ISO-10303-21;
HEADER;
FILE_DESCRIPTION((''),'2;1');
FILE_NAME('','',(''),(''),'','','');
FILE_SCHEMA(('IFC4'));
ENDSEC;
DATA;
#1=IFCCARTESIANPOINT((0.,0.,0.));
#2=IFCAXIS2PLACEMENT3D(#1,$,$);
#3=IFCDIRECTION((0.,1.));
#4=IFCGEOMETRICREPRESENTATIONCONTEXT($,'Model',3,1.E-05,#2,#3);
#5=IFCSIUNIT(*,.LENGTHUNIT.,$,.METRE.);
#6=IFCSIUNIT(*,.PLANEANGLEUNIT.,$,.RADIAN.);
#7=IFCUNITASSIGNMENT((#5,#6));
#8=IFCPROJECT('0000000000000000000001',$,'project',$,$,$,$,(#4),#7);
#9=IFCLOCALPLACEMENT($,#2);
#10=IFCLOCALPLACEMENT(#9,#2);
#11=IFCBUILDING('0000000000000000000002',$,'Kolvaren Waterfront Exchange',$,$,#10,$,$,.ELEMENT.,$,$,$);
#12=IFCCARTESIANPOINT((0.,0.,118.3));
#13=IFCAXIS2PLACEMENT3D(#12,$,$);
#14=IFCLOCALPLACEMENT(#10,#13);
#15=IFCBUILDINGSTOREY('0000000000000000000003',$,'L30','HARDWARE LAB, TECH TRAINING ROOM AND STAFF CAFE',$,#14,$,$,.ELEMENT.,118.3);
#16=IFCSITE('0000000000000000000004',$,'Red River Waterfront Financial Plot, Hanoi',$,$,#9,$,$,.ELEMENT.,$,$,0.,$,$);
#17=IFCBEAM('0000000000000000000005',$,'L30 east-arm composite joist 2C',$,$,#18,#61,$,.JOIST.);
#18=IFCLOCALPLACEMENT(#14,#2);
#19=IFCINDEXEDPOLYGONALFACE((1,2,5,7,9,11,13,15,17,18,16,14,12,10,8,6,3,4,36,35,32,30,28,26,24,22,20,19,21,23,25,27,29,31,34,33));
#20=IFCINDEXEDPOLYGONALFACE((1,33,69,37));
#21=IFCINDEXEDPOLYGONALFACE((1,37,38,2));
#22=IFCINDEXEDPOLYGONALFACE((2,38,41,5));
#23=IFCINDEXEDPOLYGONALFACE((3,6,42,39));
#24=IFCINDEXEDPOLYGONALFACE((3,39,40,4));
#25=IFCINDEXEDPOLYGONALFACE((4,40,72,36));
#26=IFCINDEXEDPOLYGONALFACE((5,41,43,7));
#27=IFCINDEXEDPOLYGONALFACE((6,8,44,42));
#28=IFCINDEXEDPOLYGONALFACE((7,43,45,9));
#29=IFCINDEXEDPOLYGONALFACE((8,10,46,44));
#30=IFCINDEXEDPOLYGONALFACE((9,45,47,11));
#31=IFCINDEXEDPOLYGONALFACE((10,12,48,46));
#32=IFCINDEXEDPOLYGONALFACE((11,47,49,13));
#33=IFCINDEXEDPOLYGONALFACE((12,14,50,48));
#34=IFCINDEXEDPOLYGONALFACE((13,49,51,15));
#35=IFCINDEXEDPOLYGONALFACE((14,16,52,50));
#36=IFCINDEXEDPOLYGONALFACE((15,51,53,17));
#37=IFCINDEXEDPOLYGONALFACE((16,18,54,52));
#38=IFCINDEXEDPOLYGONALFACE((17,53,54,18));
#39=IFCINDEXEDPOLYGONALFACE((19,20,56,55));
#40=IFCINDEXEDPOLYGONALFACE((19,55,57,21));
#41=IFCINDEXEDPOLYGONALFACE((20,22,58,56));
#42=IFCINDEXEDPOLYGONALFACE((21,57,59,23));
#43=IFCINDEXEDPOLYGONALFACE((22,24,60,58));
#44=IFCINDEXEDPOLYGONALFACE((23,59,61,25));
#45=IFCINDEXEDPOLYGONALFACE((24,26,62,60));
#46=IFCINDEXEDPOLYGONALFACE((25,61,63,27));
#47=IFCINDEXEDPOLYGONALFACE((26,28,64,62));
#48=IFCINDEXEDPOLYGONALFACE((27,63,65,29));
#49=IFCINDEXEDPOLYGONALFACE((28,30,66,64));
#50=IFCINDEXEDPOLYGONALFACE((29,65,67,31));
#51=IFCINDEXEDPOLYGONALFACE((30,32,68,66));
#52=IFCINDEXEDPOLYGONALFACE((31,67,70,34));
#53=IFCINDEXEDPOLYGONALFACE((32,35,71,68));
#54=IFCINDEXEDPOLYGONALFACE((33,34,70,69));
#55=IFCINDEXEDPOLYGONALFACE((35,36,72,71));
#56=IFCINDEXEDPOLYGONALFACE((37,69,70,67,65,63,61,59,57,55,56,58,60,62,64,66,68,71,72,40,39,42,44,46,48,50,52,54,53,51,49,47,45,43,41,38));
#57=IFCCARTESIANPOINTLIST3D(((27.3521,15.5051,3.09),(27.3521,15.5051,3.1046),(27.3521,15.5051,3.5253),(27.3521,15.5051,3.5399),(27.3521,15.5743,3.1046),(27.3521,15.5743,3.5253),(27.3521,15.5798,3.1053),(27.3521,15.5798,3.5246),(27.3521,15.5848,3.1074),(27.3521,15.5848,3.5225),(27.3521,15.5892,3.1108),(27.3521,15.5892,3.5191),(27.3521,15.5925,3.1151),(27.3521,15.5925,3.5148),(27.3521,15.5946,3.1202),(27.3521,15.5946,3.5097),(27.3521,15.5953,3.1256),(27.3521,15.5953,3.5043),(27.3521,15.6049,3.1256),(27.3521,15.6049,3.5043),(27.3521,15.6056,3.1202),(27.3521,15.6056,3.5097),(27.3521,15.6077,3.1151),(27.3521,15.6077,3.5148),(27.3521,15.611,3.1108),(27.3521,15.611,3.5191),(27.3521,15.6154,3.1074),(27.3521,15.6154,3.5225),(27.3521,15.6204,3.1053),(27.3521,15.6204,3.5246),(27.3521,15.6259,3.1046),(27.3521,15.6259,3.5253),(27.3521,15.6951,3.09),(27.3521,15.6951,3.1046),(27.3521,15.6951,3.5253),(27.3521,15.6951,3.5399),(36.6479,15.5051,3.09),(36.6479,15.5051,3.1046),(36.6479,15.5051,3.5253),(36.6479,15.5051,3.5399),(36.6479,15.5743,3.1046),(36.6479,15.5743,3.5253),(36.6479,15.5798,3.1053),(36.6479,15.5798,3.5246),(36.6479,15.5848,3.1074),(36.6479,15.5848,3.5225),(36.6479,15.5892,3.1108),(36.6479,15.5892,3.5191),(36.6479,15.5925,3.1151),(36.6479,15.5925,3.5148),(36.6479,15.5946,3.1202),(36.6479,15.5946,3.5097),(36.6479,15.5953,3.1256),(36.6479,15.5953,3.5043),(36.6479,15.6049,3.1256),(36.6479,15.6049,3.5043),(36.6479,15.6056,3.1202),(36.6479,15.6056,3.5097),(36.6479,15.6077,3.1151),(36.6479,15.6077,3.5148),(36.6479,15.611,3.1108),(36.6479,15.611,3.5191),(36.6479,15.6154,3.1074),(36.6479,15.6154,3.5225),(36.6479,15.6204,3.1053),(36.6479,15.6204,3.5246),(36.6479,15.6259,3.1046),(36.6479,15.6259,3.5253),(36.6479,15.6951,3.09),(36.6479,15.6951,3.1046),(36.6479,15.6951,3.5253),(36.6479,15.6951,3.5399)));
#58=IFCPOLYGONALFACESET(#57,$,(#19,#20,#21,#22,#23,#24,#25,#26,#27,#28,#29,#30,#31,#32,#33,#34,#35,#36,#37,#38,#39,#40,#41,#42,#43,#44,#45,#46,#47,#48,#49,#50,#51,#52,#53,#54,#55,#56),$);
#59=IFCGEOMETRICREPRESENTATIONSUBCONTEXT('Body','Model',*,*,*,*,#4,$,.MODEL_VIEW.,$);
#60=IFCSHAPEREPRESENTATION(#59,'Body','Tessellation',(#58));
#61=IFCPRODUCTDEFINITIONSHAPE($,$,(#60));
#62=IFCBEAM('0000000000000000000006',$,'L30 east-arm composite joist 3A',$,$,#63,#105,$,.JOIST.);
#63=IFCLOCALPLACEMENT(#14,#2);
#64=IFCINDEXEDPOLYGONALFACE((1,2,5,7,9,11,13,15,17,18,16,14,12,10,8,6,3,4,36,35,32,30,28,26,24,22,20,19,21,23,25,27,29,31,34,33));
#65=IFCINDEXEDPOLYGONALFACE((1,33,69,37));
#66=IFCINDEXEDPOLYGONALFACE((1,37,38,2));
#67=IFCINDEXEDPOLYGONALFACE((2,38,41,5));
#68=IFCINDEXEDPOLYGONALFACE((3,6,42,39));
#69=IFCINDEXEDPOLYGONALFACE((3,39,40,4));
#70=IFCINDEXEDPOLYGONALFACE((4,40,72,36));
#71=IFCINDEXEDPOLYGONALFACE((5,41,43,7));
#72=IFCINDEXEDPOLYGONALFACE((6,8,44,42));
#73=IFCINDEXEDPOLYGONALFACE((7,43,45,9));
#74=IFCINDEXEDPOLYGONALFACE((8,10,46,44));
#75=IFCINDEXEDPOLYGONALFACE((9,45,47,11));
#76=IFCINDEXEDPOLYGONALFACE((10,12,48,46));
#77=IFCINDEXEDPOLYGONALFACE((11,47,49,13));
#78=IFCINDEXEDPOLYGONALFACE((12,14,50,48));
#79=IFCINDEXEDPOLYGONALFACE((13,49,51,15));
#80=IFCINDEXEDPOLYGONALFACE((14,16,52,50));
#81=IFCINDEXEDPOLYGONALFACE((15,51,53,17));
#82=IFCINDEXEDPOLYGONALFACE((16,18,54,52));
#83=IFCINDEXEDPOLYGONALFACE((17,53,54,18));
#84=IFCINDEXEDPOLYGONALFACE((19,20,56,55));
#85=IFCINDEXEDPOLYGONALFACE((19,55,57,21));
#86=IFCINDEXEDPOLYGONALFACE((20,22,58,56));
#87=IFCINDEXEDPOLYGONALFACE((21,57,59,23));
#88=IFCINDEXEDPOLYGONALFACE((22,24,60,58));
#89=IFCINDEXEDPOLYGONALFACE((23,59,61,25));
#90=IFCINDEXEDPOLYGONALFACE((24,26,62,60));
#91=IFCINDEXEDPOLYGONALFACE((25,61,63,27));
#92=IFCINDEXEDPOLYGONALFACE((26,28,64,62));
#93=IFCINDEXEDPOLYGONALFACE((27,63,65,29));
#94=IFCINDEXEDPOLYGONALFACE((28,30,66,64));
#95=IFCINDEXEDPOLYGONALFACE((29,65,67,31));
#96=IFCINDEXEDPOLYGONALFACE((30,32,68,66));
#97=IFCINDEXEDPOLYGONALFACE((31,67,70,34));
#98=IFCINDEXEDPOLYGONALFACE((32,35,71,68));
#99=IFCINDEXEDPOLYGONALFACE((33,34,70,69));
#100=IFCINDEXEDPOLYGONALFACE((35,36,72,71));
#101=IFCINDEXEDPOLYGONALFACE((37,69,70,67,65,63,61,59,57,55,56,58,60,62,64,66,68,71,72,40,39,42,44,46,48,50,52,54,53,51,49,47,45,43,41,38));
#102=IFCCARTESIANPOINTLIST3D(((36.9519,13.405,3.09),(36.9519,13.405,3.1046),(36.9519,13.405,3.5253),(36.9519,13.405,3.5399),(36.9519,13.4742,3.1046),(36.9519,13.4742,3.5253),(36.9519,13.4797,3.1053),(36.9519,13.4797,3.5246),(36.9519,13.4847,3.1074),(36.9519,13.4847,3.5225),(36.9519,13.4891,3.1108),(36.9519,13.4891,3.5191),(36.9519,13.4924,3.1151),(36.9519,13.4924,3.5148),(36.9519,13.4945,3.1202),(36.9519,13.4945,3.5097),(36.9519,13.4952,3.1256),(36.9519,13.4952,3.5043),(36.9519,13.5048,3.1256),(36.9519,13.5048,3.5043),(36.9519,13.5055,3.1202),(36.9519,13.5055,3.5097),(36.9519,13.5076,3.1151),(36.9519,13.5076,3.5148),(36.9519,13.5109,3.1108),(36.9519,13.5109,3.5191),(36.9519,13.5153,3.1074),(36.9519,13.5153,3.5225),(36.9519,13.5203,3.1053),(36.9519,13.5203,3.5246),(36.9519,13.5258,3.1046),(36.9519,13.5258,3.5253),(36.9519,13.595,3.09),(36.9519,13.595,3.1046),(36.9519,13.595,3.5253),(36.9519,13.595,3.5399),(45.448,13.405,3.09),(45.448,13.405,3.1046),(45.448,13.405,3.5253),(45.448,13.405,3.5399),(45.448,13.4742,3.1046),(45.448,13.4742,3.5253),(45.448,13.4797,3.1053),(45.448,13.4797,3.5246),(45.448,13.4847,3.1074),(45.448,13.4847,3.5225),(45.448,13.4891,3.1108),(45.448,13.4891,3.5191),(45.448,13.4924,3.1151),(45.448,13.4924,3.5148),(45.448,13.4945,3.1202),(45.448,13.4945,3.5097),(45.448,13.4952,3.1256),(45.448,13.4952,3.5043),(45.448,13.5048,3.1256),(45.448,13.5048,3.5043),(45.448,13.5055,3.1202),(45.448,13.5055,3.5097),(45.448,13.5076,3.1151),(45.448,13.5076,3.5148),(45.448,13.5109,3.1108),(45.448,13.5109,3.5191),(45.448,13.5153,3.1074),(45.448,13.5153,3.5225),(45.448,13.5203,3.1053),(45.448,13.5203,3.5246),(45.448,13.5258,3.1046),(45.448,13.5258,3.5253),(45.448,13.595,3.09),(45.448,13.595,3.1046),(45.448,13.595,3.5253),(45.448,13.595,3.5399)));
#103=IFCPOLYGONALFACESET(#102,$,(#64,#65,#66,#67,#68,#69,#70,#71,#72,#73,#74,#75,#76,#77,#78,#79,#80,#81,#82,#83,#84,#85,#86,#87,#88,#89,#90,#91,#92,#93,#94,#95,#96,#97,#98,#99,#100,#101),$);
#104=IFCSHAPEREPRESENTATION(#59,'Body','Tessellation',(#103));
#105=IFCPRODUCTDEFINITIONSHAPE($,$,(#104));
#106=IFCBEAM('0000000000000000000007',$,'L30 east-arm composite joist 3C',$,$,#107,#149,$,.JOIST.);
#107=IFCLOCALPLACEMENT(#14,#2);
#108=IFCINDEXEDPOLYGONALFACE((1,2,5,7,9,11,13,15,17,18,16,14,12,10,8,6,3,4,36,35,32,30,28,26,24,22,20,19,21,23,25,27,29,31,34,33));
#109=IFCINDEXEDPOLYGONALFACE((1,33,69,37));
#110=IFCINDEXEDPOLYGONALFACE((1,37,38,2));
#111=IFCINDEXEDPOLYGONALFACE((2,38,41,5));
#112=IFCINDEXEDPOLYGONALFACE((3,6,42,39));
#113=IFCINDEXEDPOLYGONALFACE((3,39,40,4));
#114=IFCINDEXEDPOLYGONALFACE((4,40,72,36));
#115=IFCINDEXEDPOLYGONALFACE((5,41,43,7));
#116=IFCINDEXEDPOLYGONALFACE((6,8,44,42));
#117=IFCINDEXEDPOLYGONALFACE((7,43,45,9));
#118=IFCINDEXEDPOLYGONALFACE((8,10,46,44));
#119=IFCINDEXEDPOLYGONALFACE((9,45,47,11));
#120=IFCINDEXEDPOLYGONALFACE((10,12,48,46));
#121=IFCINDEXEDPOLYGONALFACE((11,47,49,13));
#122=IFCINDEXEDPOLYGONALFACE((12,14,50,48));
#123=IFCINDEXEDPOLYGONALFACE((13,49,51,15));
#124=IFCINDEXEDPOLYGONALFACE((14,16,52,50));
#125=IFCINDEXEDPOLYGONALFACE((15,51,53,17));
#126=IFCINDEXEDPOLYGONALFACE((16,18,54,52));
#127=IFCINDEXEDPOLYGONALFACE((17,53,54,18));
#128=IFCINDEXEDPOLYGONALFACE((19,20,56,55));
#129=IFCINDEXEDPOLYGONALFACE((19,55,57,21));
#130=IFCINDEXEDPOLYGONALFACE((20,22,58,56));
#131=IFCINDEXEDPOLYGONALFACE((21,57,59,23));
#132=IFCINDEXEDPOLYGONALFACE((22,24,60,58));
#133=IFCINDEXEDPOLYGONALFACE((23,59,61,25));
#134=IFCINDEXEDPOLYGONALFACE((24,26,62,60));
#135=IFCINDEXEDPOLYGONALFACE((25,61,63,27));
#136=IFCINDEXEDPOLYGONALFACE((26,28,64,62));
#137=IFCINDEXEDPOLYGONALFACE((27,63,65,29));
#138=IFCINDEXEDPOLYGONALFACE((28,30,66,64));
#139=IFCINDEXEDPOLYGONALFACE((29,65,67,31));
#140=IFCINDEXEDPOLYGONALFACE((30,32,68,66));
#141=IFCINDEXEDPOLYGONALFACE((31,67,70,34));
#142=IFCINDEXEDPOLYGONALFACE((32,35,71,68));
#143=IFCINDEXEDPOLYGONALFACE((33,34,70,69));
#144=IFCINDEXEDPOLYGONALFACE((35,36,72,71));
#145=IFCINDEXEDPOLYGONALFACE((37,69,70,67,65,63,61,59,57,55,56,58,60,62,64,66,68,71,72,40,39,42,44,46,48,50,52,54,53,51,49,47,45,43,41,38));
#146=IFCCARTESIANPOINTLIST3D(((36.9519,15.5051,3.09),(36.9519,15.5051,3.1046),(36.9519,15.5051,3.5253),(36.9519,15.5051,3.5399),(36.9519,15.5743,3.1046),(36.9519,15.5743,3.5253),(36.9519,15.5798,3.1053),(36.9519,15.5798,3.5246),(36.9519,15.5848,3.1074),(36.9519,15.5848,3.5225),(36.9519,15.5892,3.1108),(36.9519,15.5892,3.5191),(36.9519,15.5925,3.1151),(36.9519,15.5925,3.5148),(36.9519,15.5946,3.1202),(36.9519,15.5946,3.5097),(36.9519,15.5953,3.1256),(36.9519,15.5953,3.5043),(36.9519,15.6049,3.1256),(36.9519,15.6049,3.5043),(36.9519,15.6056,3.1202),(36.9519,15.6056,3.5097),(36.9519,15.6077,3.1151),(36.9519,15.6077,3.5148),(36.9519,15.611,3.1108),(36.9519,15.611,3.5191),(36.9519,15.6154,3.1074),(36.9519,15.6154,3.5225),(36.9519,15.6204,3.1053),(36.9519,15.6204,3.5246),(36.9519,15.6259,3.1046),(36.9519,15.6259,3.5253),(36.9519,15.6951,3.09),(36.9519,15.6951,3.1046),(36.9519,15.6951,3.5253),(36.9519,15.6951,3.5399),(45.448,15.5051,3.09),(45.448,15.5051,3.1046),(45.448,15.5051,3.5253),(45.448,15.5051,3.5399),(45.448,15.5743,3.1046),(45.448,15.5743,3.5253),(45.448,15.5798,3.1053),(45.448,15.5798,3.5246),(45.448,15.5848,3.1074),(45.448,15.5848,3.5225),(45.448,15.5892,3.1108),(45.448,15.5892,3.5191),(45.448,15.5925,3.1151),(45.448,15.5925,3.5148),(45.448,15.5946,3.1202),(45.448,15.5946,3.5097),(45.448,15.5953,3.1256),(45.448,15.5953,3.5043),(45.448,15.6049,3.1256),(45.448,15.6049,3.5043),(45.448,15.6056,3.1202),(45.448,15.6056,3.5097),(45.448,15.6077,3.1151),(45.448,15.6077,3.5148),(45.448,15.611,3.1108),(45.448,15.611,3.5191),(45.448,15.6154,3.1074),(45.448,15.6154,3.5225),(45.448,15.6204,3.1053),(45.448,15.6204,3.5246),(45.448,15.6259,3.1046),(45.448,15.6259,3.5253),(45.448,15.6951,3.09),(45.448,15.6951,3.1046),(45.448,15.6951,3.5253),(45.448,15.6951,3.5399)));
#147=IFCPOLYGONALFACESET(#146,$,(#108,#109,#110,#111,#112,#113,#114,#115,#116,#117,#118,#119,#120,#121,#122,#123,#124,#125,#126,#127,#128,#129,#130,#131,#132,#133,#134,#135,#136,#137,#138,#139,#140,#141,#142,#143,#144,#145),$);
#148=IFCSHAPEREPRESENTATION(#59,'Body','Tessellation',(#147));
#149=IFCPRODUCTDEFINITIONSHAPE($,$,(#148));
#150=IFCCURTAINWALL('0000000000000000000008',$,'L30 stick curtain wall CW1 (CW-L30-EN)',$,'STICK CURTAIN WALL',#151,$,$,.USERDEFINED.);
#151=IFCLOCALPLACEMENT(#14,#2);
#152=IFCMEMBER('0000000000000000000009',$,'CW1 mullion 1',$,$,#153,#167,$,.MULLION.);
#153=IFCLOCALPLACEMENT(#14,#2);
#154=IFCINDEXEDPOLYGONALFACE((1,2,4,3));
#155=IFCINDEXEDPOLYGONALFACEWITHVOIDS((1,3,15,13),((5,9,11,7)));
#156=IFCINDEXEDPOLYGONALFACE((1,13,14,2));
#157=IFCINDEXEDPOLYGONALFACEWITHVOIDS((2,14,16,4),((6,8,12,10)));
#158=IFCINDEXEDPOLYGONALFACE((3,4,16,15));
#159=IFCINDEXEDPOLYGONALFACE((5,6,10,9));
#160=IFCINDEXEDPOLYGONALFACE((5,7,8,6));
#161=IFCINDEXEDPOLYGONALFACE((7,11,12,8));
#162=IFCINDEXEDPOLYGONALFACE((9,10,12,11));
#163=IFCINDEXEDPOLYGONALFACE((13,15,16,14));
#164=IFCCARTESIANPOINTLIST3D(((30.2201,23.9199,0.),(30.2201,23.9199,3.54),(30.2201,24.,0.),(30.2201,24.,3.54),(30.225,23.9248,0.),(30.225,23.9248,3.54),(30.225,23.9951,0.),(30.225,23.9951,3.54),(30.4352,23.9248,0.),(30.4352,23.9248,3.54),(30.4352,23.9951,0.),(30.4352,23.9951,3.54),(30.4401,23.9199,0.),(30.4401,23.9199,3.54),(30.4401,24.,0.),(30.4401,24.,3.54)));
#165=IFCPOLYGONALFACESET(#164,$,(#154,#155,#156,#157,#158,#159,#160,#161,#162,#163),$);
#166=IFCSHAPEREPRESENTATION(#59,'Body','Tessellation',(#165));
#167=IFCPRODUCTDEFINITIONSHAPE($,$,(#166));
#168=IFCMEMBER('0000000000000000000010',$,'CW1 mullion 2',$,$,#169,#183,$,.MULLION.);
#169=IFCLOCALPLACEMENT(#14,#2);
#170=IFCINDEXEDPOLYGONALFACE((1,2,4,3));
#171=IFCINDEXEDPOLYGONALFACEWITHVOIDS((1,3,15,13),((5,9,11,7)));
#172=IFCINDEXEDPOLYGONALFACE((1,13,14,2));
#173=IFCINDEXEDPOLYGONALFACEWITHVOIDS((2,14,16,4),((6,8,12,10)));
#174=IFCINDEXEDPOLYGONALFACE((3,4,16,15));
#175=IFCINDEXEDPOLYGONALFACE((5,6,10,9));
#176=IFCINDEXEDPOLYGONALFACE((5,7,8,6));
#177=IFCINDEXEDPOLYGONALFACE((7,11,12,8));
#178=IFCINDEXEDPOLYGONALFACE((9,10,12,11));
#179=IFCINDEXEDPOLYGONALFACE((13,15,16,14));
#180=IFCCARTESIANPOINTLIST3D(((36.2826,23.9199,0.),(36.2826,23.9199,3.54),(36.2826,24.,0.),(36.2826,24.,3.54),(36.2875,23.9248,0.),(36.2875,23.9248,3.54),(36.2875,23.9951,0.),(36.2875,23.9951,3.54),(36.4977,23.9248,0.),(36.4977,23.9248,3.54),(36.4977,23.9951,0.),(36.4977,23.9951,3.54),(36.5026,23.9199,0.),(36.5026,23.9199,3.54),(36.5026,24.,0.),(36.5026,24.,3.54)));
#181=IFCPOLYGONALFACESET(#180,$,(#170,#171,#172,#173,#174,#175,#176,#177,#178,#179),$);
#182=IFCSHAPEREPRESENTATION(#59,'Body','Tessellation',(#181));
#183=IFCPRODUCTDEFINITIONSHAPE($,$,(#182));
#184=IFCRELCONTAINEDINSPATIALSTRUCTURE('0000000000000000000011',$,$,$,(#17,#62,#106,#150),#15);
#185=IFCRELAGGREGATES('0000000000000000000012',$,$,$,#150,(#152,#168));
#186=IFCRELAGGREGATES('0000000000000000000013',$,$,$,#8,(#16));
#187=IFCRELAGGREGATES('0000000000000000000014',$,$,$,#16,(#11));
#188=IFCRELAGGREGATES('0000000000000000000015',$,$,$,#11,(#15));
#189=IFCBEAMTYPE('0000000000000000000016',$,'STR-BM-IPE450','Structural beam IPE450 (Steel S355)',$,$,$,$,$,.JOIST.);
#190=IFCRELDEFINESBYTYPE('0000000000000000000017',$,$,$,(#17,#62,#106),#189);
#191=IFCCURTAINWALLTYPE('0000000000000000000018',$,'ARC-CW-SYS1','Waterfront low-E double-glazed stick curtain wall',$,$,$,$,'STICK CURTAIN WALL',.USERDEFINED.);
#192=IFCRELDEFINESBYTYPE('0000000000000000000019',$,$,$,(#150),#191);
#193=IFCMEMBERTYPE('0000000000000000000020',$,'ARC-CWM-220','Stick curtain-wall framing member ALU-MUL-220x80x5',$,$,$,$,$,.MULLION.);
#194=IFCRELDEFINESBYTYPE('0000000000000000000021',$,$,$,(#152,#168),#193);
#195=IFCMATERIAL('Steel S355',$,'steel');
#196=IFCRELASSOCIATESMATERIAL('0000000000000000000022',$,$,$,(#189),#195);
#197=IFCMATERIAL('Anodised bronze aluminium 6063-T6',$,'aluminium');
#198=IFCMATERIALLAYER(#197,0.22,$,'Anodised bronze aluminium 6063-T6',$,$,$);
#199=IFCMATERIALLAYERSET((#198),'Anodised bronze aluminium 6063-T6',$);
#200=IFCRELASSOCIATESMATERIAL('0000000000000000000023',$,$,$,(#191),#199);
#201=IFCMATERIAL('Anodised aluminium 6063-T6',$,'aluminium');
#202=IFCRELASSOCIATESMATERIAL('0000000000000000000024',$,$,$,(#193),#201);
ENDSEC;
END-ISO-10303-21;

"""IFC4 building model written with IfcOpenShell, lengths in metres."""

from ifc_helpers import new_model, si_unit, direction, frame, origin, origin_with_axes, origin_2d, place, context, subcontext, project, spatial, hollow_rectangle, i_section, extrude, source, transform, mapped, material, layer, layer_set, material_profile, profile_set, type_object, element, aggregate, save


model = new_model("IFC4")

# Units and contexts
model_context = context("Model", 3, precision=1e-05, world=origin(), true_north=direction((0.0, 1.0)))
body_context = subcontext(model_context, "Body", "Model", "MODEL_VIEW")
ifc_project = project(units=[si_unit("LENGTHUNIT", "METRE"), si_unit("PLANEANGLEUNIT", "RADIAN")], contexts=[model_context])

# Site, building, storey
site_placement = place(None, origin())
site = spatial("IfcSite", under=ifc_project, at=site_placement, Name="Red River Waterfront Financial Plot, Hanoi", CompositionType="ELEMENT", RefElevation=0.0)
building_placement = place(site_placement, origin())
building = spatial("IfcBuilding", under=site, at=building_placement, Name="Kolvaren Waterfront Exchange", CompositionType="ELEMENT")
storey_placement = place(building_placement, frame((0.0, 0.0, 118.3)))
storey = spatial("IfcBuildingStorey", under=building, at=storey_placement, Name="L30", Description="HARDWARE LAB, TECH TRAINING ROOM AND STAFF CAFE", CompositionType="ELEMENT", Elevation=118.3)

# Beams
ifc_material_1 = material(Name="Steel S355", Category="steel")
ifc_material_profile_1 = material_profile(ifc_material_1, i_section(OverallWidth=0.1899, OverallDepth=0.45, WebThickness=0.0095, FlangeThickness=0.0146, FilletRadius=0.021, at=origin_2d()), Name="IPE450")
ifc_profile_set_1 = profile_set([ifc_material_profile_1], Name="Steel S355")
beam_type_1 = type_object("IfcBeamType", Name="STR-BM-IPE450", Description="Structural beam IPE450 (Steel S355)", PredefinedType="JOIST", material=ifc_profile_set_1)
for number, where, z_axis, x_axis, name in (
    (1, (27.3521, 15.6001, 3.3149), (1.0, 0.0, 0.0), (0.0, 1.0, 0.0), "L30 east-arm composite joist 2C"),
):
    element("IfcBeam", number, at=place(storey_placement, frame(where, z_axis=z_axis, x_axis=x_axis)), inside=storey, type_object=beam_type_1, Name=name, PredefinedType="JOIST", context=body_context, shape_type="SweptSolid", body=[
        extrude(i_section(OverallWidth=0.1899, OverallDepth=0.45, WebThickness=0.0095, FlangeThickness=0.0146, FilletRadius=0.021, at=origin_2d()), origin(), (0.0, 0.0, 1.0), 9.2959),
    ])
for number, where, z_axis, x_axis, name in (
    (2, (36.9519, 13.5, 3.3149), (1.0, 0.0, 0.0), (0.0, 1.0, 0.0), "L30 east-arm composite joist 3A"),
    (3, (36.9519, 15.6001, 3.3149), (1.0, 0.0, 0.0), (0.0, 1.0, 0.0), "L30 east-arm composite joist 3C"),
):
    element("IfcBeam", number, at=place(storey_placement, frame(where, z_axis=z_axis, x_axis=x_axis)), inside=storey, type_object=beam_type_1, Name=name, PredefinedType="JOIST", context=body_context, shape_type="SweptSolid", body=[
        extrude(i_section(OverallWidth=0.1899, OverallDepth=0.45, WebThickness=0.0095, FlangeThickness=0.0146, FilletRadius=0.021, at=origin_2d()), origin(), (0.0, 0.0, 1.0), 8.4961),
    ])

# Curtain wall, members
ifc_material_2 = material(Name="Anodised bronze aluminium 6063-T6", Category="aluminium")
ifc_layer_1 = layer(ifc_material_2, 0.22, Name="Anodised bronze aluminium 6063-T6")
ifc_layer_set_1 = layer_set([ifc_layer_1], Name="Anodised bronze aluminium 6063-T6")
curtain_wall_type = type_object("IfcCurtainWallType", Name="ARC-CW-SYS1", Description="Waterfront low-E double-glazed stick curtain wall", ElementType="STICK CURTAIN WALL", PredefinedType="USERDEFINED", material=ifc_layer_set_1)
curtain_wall_placement = place(storey_placement, origin())
curtain_wall = element("IfcCurtainWall", 4, at=curtain_wall_placement, inside=storey, type_object=curtain_wall_type, Name="L30 stick curtain wall CW1 (CW-L30-EN)", ObjectType="STICK CURTAIN WALL", PredefinedType="USERDEFINED")
ifc_material_3 = material(Name="Anodised aluminium 6063-T6", Category="aluminium")
ifc_material_profile_2 = material_profile(ifc_material_3, hollow_rectangle(XDim=0.0801, YDim=0.22, WallThickness=0.0049, at=origin_2d()), Name="ALU-MUL-220x80x5")
ifc_profile_set_2 = profile_set([ifc_material_profile_2], Name="Anodised aluminium 6063-T6")
member_type_1 = type_object("IfcMemberType", Name="ARC-CWM-220", Description="Stick curtain-wall framing member ALU-MUL-220x80x5", PredefinedType="MULLION", material=ifc_profile_set_2)
shared_shape_1 = source(origin_with_axes(), body_context, "Body", "SweptSolid", [
    extrude(hollow_rectangle(XDim=0.0801, YDim=0.22, WallThickness=0.0049, at=origin_2d()), origin(), (0.0, 0.0, 1.0), 3.54),
])
member_1_placement = place(storey_placement, frame((30.3301, 23.96, 0.0), z_axis=(0.0, 0.0, 1.0), x_axis=(0.0, 1.0, 0.0)))
member_1 = element("IfcMember", 5, at=member_1_placement, type_object=member_type_1, Name="CW1 mullion 1", PredefinedType="MULLION", context=body_context, shape_type="MappedRepresentation", body=[
    mapped(shared_shape_1, transform((0.0, 0.0, 0.0), x_axis=(1.0, 0.0, 0.0), y_axis=(0.0, 1.0, 0.0), z_axis=(0.0, 0.0, 1.0), scale=1.0)),
])
member_2_placement = place(storey_placement, frame((36.3926, 23.96, 0.0), z_axis=(0.0, 0.0, 1.0), x_axis=(0.0, 1.0, 0.0)))
member_2 = element("IfcMember", 6, at=member_2_placement, type_object=member_type_1, Name="CW1 mullion 2", PredefinedType="MULLION", context=body_context, shape_type="MappedRepresentation", body=[
    mapped(shared_shape_1, transform((0.0, 0.0, 0.0), x_axis=(1.0, 0.0, 0.0), y_axis=(0.0, 1.0, 0.0), z_axis=(0.0, 0.0, 1.0), scale=1.0)),
])
aggregate(curtain_wall, [member_1, member_2])

save(model, "model.ifc")
